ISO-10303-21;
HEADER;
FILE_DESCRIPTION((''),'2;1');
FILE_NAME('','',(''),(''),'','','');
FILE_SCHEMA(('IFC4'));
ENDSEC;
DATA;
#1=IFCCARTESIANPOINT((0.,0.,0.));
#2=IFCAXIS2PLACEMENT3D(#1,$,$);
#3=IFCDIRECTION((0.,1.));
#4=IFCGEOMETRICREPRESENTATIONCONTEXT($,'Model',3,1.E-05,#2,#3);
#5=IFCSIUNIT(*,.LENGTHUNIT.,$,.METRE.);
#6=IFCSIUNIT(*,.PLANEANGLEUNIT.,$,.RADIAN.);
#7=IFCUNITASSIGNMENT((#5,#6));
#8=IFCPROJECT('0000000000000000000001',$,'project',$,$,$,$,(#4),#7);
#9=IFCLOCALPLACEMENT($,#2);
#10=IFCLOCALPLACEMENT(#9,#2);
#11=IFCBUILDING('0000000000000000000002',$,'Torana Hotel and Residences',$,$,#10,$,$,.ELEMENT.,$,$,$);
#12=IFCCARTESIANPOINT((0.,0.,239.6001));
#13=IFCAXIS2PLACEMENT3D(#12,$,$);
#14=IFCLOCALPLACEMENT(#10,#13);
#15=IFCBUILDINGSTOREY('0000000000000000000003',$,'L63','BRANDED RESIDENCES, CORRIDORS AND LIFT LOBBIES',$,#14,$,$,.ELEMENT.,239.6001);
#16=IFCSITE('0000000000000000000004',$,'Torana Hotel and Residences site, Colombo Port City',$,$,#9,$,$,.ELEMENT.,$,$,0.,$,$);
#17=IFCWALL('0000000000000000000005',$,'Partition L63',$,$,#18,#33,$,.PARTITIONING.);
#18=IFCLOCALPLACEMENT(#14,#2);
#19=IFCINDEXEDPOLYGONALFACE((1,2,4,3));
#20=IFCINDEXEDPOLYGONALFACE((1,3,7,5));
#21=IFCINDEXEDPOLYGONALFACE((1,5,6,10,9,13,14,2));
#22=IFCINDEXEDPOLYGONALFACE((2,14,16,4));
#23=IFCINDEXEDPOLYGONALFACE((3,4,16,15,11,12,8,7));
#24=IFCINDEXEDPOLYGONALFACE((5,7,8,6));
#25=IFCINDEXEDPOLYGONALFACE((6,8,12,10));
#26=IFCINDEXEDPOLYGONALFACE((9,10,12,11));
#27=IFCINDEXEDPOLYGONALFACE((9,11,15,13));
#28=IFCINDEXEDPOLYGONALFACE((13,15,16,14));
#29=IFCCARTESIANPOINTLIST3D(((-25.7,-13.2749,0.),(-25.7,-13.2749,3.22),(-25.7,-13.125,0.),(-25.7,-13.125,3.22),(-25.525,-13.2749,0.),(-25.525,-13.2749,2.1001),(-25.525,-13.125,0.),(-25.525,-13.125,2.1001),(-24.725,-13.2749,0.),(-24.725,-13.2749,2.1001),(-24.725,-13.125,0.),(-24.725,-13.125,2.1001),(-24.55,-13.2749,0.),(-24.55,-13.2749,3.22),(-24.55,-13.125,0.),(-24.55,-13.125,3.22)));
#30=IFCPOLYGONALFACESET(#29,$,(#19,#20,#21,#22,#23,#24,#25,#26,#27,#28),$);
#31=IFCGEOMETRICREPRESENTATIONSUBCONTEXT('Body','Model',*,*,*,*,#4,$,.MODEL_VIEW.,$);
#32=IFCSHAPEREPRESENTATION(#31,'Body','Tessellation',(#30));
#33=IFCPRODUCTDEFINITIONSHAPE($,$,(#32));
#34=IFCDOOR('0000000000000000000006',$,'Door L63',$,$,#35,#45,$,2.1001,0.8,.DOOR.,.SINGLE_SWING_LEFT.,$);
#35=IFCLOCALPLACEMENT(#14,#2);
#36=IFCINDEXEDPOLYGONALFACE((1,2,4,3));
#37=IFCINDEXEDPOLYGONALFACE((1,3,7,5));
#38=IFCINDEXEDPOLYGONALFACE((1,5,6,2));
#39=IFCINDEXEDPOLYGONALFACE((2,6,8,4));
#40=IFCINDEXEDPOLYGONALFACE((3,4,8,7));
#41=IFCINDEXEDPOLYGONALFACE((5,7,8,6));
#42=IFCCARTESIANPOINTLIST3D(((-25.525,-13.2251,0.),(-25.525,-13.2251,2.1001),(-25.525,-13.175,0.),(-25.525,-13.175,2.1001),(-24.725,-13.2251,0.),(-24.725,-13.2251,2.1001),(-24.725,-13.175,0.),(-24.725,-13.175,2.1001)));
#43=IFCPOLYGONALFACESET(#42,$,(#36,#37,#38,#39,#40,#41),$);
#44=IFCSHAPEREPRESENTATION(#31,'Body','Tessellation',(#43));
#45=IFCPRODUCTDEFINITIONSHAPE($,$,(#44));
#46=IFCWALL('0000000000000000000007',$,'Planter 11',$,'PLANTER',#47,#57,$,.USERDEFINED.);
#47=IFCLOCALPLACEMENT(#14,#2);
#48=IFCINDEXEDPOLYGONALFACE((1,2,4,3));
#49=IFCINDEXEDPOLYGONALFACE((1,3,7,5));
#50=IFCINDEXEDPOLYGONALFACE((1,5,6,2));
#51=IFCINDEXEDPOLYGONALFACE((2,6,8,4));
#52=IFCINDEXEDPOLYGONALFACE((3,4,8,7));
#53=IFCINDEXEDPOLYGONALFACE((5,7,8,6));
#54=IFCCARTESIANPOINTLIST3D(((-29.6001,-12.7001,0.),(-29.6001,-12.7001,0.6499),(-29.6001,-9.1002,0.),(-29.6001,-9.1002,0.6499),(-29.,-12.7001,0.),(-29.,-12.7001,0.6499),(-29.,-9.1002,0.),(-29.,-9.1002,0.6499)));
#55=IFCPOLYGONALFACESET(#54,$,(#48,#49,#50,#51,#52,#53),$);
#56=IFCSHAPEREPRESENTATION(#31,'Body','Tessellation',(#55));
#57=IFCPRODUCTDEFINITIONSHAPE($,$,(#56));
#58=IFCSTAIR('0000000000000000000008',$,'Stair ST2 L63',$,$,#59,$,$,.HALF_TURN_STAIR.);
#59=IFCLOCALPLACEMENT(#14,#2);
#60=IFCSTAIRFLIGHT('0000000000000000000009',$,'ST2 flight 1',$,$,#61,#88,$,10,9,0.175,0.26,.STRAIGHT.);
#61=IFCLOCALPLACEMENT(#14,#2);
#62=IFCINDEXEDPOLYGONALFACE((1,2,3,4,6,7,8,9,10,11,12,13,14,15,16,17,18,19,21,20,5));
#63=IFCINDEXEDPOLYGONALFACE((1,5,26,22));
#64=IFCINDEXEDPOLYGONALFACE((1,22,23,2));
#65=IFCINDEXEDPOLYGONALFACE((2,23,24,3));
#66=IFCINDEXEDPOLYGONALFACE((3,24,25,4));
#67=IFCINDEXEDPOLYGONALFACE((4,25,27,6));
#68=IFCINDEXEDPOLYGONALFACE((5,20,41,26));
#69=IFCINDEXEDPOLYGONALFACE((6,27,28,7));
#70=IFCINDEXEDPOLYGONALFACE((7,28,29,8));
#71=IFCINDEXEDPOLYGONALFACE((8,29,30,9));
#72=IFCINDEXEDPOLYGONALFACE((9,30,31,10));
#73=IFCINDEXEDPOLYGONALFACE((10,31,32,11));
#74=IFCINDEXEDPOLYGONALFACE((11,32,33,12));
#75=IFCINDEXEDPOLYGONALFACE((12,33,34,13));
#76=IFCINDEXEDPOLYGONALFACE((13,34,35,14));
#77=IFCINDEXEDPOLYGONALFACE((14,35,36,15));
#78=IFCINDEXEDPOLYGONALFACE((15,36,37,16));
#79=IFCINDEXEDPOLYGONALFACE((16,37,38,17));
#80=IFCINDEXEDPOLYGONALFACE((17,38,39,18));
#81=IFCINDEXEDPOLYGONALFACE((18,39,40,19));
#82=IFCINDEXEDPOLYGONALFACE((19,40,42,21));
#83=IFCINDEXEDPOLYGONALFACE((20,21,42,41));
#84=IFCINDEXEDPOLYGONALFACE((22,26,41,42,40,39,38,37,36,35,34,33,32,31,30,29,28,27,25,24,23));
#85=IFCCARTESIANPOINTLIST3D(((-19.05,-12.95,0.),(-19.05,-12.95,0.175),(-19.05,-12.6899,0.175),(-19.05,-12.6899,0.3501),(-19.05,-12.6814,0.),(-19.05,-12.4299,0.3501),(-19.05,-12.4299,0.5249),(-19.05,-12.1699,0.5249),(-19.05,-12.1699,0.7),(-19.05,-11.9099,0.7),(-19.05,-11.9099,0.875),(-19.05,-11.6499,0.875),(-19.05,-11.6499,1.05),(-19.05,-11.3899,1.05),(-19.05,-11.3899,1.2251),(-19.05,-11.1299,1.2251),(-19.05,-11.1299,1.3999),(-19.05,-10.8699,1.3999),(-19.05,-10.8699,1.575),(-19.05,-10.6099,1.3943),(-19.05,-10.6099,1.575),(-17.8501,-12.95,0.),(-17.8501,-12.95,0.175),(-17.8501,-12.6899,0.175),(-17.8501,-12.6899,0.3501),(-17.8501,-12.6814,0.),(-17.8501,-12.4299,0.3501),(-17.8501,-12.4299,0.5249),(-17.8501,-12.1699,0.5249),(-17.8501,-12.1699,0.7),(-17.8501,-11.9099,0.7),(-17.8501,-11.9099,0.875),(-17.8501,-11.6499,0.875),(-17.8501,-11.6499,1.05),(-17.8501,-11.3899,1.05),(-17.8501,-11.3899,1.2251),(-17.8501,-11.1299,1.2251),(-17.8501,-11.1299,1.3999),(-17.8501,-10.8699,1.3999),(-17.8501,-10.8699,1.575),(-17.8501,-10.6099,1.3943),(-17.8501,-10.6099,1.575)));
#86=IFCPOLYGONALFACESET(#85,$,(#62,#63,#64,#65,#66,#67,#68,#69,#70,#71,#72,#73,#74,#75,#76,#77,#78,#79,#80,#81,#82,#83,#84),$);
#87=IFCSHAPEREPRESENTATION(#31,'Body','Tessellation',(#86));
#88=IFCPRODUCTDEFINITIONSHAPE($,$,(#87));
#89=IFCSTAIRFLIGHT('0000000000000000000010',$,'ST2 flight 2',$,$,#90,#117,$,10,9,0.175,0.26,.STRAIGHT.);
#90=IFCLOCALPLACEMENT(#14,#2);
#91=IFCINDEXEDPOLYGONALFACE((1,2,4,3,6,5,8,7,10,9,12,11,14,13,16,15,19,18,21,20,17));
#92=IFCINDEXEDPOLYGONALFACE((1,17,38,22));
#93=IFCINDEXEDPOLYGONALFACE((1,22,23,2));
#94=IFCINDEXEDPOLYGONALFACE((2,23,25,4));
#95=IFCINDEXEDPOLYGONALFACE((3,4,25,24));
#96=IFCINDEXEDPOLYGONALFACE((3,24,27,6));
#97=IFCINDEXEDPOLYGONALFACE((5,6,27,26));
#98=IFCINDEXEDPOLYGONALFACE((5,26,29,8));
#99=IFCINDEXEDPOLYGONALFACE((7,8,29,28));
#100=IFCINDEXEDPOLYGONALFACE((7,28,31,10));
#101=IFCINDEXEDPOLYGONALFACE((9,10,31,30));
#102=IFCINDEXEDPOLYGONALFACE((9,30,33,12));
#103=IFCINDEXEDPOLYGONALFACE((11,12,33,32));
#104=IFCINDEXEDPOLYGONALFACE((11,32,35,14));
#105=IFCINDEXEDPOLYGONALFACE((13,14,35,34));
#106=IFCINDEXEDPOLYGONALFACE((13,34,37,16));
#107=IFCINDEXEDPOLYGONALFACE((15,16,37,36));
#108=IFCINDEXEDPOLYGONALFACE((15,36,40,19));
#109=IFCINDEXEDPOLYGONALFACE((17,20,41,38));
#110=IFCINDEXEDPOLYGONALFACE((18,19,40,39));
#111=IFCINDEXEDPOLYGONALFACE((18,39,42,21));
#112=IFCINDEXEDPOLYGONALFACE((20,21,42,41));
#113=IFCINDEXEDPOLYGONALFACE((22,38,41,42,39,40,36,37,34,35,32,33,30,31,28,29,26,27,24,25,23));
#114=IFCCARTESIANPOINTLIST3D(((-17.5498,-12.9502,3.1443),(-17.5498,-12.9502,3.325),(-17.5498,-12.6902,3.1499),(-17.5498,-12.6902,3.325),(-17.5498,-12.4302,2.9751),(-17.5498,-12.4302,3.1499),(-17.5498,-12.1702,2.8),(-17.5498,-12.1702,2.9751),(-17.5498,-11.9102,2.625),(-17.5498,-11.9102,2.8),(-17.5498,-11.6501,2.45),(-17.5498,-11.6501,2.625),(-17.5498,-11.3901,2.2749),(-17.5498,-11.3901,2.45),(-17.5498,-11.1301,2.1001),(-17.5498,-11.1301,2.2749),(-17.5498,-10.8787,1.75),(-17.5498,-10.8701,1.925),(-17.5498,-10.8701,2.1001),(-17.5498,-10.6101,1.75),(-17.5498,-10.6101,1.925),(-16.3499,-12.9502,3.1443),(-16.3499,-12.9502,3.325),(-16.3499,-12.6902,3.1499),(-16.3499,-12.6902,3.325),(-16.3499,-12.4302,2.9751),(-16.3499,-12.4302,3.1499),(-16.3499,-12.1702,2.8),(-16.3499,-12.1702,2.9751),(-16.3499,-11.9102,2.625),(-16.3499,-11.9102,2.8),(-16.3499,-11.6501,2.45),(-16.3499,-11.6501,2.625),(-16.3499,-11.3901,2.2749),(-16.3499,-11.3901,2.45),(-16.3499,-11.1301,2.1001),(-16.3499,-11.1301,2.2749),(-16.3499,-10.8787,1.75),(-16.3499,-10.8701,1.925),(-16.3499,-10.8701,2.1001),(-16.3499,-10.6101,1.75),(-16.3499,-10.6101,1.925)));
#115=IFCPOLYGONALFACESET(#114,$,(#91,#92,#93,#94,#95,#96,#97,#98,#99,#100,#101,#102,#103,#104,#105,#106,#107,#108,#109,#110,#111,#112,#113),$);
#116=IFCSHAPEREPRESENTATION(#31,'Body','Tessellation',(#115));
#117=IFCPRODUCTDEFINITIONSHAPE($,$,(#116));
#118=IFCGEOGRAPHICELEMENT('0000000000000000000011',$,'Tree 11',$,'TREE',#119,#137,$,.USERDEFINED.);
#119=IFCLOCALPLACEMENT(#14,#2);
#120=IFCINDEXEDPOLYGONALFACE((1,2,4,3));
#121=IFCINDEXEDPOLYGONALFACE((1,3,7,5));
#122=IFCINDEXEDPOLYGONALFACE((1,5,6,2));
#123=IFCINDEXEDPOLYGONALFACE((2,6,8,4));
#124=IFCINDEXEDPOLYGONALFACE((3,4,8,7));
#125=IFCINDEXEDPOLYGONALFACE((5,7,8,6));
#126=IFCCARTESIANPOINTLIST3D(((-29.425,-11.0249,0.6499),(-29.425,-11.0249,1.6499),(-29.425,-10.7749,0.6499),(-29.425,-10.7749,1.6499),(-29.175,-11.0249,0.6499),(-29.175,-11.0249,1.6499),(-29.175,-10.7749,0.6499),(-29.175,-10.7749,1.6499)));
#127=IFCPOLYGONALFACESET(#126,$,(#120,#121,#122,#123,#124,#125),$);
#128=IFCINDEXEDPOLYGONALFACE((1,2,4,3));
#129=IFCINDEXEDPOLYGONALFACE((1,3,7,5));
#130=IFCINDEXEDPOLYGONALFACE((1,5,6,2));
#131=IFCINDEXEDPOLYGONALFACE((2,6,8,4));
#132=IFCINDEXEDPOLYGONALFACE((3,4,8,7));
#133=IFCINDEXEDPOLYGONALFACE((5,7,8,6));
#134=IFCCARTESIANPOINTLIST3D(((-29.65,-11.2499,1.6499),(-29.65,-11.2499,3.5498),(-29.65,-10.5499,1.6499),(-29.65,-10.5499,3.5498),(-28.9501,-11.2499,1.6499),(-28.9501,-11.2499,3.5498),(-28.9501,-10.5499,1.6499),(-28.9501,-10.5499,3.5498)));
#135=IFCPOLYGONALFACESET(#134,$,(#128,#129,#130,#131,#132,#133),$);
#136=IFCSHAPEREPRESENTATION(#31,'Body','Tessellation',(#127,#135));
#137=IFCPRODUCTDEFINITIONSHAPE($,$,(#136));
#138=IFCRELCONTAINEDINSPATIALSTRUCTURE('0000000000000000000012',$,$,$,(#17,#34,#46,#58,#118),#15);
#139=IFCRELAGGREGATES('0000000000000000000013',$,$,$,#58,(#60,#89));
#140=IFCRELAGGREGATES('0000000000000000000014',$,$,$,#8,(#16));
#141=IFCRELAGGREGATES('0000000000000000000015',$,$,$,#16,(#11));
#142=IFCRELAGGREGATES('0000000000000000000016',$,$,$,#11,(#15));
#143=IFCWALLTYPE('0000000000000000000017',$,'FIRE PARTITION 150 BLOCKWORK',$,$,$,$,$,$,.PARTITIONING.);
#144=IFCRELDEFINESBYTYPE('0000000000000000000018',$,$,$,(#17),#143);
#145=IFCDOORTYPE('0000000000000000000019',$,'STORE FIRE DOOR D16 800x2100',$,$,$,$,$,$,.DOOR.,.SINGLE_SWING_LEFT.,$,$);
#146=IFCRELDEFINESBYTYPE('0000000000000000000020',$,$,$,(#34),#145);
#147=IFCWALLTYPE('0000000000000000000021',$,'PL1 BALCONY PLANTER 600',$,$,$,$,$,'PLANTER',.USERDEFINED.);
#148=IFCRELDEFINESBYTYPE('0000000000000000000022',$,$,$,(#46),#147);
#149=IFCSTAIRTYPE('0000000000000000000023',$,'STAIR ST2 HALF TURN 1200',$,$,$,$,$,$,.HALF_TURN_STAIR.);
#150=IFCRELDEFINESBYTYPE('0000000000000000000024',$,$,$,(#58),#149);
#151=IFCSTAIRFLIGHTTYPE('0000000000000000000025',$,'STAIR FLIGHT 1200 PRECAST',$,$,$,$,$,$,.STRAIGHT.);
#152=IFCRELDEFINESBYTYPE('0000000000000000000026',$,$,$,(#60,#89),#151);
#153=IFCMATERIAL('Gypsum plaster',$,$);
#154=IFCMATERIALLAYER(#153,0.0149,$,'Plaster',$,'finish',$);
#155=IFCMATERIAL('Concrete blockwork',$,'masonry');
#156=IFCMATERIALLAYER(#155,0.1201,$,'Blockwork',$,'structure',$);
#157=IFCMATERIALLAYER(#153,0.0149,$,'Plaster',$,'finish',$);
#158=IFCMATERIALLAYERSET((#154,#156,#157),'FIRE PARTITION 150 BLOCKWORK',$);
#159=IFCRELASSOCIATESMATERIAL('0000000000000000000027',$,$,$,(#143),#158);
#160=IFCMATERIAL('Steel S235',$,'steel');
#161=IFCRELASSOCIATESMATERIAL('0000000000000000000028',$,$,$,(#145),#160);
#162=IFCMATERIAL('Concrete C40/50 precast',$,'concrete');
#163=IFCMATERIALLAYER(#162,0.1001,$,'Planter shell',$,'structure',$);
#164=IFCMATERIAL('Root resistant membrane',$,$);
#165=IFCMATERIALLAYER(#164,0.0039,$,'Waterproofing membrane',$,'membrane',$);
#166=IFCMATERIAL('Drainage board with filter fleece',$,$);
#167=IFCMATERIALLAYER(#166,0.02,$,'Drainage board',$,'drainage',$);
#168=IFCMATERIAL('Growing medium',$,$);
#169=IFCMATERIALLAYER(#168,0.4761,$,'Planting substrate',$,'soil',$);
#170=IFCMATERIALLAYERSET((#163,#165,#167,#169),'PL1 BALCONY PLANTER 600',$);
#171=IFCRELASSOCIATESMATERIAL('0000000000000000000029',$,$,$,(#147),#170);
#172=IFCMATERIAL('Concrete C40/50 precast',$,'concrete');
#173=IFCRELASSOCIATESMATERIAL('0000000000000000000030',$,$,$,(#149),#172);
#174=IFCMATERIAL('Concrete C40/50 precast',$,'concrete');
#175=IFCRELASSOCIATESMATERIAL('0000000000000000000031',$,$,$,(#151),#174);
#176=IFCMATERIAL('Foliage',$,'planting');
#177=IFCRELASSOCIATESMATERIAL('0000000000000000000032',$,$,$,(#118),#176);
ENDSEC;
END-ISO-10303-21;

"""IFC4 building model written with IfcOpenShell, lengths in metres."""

from ifc_helpers import new_model, si_unit, direction, frame, frame_2d, origin, origin_2d, place, context, subcontext, project, spatial, polyline, rectangle, outline, extrude, material, layer, layer_set, type_object, element, fill, aggregate, save


model = new_model("IFC4")

# Units and contexts
model_context = context("Model", 3, precision=1e-05, world=origin(), true_north=direction((0.0, 1.0)))
body_context = subcontext(model_context, "Body", "Model", "MODEL_VIEW")
ifc_project = project(units=[si_unit("LENGTHUNIT", "METRE"), si_unit("PLANEANGLEUNIT", "RADIAN")], contexts=[model_context])

# Site, building, storey
site_placement = place(None, origin())
site = spatial("IfcSite", under=ifc_project, at=site_placement, Name="Torana Hotel and Residences site, Colombo Port City", CompositionType="ELEMENT", RefElevation=0.0)
building_placement = place(site_placement, origin())
building = spatial("IfcBuilding", under=site, at=building_placement, Name="Torana Hotel and Residences", CompositionType="ELEMENT")
storey_placement = place(building_placement, frame((0.0, 0.0, 239.6001)))
storey = spatial("IfcBuildingStorey", under=building, at=storey_placement, Name="L63", Description="BRANDED RESIDENCES, CORRIDORS AND LIFT LOBBIES", CompositionType="ELEMENT", Elevation=239.6001)

# Wall, opening, door
ifc_material_1 = material(Name="Gypsum plaster")
ifc_layer_1 = layer(ifc_material_1, 0.0149, Name="Plaster", Category="finish")
ifc_material_2 = material(Name="Concrete blockwork", Category="masonry")
ifc_layer_2 = layer(ifc_material_2, 0.1201, Name="Blockwork", Category="structure")
ifc_layer_3 = layer(ifc_material_1, 0.0149, Name="Plaster", Category="finish")
ifc_layer_set_1 = layer_set([ifc_layer_1, ifc_layer_2, ifc_layer_3], Name="FIRE PARTITION 150 BLOCKWORK")
wall_type_1 = type_object("IfcWallType", Name="FIRE PARTITION 150 BLOCKWORK", PredefinedType="PARTITIONING", material=ifc_layer_set_1)
wall_1_placement = place(storey_placement, frame((-25.7, -13.2, 0.0), z_axis=(0.0, 0.0, 1.0), x_axis=(1.0, 0.0, 0.0)))
wall_1 = element("IfcWall", 1, at=wall_1_placement, inside=storey, type_object=wall_type_1, Name="Partition L63", PredefinedType="PARTITIONING", context=body_context, shape_type="SweptSolid", body=[
    extrude(rectangle(XDim=1.1499, YDim=0.1499, at=frame_2d((0.575, 0.0))), origin(), (0.0, 0.0, 1.0), 3.22),
])
opening_1_placement = place(wall_1_placement, frame((0.175, 0.0, 0.0)))
opening_1 = element("IfcOpeningElement", 2, at=opening_1_placement, cuts=wall_1, PredefinedType="OPENING", context=body_context, shape_type="SweptSolid", body=[
    extrude(rectangle(XDim=0.8, YDim=2.1001, at=frame_2d((0.3999, 1.05))), frame((0.0, 0.085, 0.0), z_axis=(0.0, -1.0, 0.0), x_axis=(1.0, 0.0, 0.0)), (0.0, 0.0, 1.0), 0.1699),
])
ifc_material_3 = material(Name="Steel S235", Category="steel")
door_type_1 = type_object("IfcDoorType", Name="STORE FIRE DOOR D16 800x2100", OperationType="SINGLE_SWING_LEFT", PredefinedType="DOOR", material=ifc_material_3)
door_1_placement = place(opening_1_placement, origin())
door_1 = element("IfcDoor", 3, at=door_1_placement, inside=storey, type_object=door_type_1, Name="Door L63", OperationType="SINGLE_SWING_LEFT", OverallHeight=2.1001, OverallWidth=0.8, PredefinedType="DOOR", context=body_context, shape_type="SweptSolid", body=[
    extrude(rectangle(XDim=0.8, YDim=2.1001, at=frame_2d((0.3999, 1.05))), frame((0.0, 0.0249, 0.0), z_axis=(0.0, -1.0, 0.0), x_axis=(1.0, 0.0, 0.0)), (0.0, 0.0, 1.0), 0.05),
])
fill(opening_1, door_1)

# Wall
ifc_material_4 = material(Name="Concrete C40/50 precast", Category="concrete")
ifc_layer_4 = layer(ifc_material_4, 0.1001, Name="Planter shell", Category="structure")
ifc_material_5 = material(Name="Root resistant membrane")
ifc_layer_5 = layer(ifc_material_5, 0.0039, Name="Waterproofing membrane", Category="membrane")
ifc_material_6 = material(Name="Drainage board with filter fleece")
ifc_layer_6 = layer(ifc_material_6, 0.02, Name="Drainage board", Category="drainage")
ifc_material_7 = material(Name="Growing medium")
ifc_layer_7 = layer(ifc_material_7, 0.4761, Name="Planting substrate", Category="soil")
ifc_layer_set_2 = layer_set([ifc_layer_4, ifc_layer_5, ifc_layer_6, ifc_layer_7], Name="PL1 BALCONY PLANTER 600")
wall_type_2 = type_object("IfcWallType", Name="PL1 BALCONY PLANTER 600", ElementType="PLANTER", PredefinedType="USERDEFINED", material=ifc_layer_set_2)
wall_2_placement = place(storey_placement, frame((-29.3, -12.7, 0.0), z_axis=(0.0, 0.0, 1.0), x_axis=(0.0, 1.0, 0.0)))
element("IfcWall", 4, at=wall_2_placement, inside=storey, type_object=wall_type_2, Name="Planter 11", ObjectType="PLANTER", PredefinedType="USERDEFINED", context=body_context, shape_type="SweptSolid", body=[
    extrude(rectangle(XDim=3.5999, YDim=0.6001, at=frame_2d((1.7998, 0.0))), origin(), (0.0, 0.0, 1.0), 0.6499),
])

# Stair, stair flights
ifc_material_8 = material(Name="Concrete C40/50 precast", Category="concrete")
stair_type = type_object("IfcStairType", Name="STAIR ST2 HALF TURN 1200", PredefinedType="HALF_TURN_STAIR", material=ifc_material_8)
stair_placement = place(storey_placement, origin())
stair = element("IfcStair", 5, at=stair_placement, inside=storey, type_object=stair_type, Name="Stair ST2 L63", PredefinedType="HALF_TURN_STAIR")
ifc_material_9 = material(Name="Concrete C40/50 precast", Category="concrete")
stair_flight_type = type_object("IfcStairFlightType", Name="STAIR FLIGHT 1200 PRECAST", PredefinedType="STRAIGHT", material=ifc_material_9)
stair_flight_1_placement = place(storey_placement, frame((-18.45, -12.95, 0.0), z_axis=(0.0, 0.0, 1.0), x_axis=(0.0, 1.0, 0.0)))
stair_flight_1 = element("IfcStairFlight", 6, at=stair_flight_1_placement, type_object=stair_flight_type, Name="ST2 flight 1", NumberOfRisers=10, NumberOfTreads=9, PredefinedType="STRAIGHT", RiserHeight=0.175, TreadLength=0.26, context=body_context, shape_type="SweptSolid", body=[
    extrude(outline(polyline([(0.0, 0.0), (0.0, 0.175), (0.26, 0.175), (0.26, 0.3501), (0.52, 0.3501), (0.52, 0.5249), (0.78, 0.5249), (0.78, 0.7), (1.04, 0.7), (1.04, 0.875), (1.3, 0.875), (1.3, 1.05), (1.5601, 1.05), (1.5601, 1.2251), (1.8201, 1.2251), (1.8201, 1.3999), (2.0801, 1.3999), (2.0801, 1.575), (2.3401, 1.575), (2.3401, 1.75), (2.3401, 1.3943), (0.2686, 0.0), (0.0, 0.0)])), frame((0.0, 0.6001, 0.0), z_axis=(0.0, -1.0, 0.0), x_axis=(1.0, 0.0, 0.0)), (0.0, 0.0, 1.0), 1.2),
])
stair_flight_2_placement = place(storey_placement, frame((-16.95, -10.6101, 1.75), z_axis=(0.0, 0.0, 1.0), x_axis=(0.0, -1.0, 0.0)))
stair_flight_2 = element("IfcStairFlight", 7, at=stair_flight_2_placement, type_object=stair_flight_type, Name="ST2 flight 2", NumberOfRisers=10, NumberOfTreads=9, PredefinedType="STRAIGHT", RiserHeight=0.175, TreadLength=0.26, context=body_context, shape_type="SweptSolid", body=[
    extrude(outline(polyline([(0.0, 0.0), (0.0, 0.175), (0.26, 0.175), (0.26, 0.3501), (0.52, 0.3501), (0.52, 0.5249), (0.78, 0.5249), (0.78, 0.7), (1.04, 0.7), (1.04, 0.875), (1.3, 0.875), (1.3, 1.05), (1.5601, 1.05), (1.5601, 1.2251), (1.8201, 1.2251), (1.8201, 1.3999), (2.0801, 1.3999), (2.0801, 1.575), (2.3401, 1.575), (2.3401, 1.75), (2.3401, 1.3943), (0.2686, 0.0), (0.0, 0.0)])), frame((0.0, 0.6001, 0.0), z_axis=(0.0, -1.0, 0.0), x_axis=(1.0, 0.0, 0.0)), (0.0, 0.0, 1.0), 1.2),
])
aggregate(stair, [stair_flight_1, stair_flight_2])

# Geographic element
ifc_material_10 = material(Name="Foliage", Category="planting")
geographic_element_placement = place(storey_placement, frame((-29.3, -10.8999, 0.6499), z_axis=(0.0, 0.0, 1.0), x_axis=(1.0, 0.0, 0.0)))
element("IfcGeographicElement", 8, at=geographic_element_placement, inside=storey, material=ifc_material_10, Name="Tree 11", ObjectType="TREE", PredefinedType="USERDEFINED", context=body_context, shape_type="SweptSolid", body=[
    extrude(rectangle(XDim=0.25, YDim=0.25, at=origin_2d()), origin(), (0.0, 0.0, 1.0), 1.0),
    extrude(rectangle(XDim=0.7, YDim=0.7, at=origin_2d()), frame((0.0, 0.0, 1.0)), (0.0, 0.0, 1.0), 1.8999),
])

save(model, "model.ifc")
